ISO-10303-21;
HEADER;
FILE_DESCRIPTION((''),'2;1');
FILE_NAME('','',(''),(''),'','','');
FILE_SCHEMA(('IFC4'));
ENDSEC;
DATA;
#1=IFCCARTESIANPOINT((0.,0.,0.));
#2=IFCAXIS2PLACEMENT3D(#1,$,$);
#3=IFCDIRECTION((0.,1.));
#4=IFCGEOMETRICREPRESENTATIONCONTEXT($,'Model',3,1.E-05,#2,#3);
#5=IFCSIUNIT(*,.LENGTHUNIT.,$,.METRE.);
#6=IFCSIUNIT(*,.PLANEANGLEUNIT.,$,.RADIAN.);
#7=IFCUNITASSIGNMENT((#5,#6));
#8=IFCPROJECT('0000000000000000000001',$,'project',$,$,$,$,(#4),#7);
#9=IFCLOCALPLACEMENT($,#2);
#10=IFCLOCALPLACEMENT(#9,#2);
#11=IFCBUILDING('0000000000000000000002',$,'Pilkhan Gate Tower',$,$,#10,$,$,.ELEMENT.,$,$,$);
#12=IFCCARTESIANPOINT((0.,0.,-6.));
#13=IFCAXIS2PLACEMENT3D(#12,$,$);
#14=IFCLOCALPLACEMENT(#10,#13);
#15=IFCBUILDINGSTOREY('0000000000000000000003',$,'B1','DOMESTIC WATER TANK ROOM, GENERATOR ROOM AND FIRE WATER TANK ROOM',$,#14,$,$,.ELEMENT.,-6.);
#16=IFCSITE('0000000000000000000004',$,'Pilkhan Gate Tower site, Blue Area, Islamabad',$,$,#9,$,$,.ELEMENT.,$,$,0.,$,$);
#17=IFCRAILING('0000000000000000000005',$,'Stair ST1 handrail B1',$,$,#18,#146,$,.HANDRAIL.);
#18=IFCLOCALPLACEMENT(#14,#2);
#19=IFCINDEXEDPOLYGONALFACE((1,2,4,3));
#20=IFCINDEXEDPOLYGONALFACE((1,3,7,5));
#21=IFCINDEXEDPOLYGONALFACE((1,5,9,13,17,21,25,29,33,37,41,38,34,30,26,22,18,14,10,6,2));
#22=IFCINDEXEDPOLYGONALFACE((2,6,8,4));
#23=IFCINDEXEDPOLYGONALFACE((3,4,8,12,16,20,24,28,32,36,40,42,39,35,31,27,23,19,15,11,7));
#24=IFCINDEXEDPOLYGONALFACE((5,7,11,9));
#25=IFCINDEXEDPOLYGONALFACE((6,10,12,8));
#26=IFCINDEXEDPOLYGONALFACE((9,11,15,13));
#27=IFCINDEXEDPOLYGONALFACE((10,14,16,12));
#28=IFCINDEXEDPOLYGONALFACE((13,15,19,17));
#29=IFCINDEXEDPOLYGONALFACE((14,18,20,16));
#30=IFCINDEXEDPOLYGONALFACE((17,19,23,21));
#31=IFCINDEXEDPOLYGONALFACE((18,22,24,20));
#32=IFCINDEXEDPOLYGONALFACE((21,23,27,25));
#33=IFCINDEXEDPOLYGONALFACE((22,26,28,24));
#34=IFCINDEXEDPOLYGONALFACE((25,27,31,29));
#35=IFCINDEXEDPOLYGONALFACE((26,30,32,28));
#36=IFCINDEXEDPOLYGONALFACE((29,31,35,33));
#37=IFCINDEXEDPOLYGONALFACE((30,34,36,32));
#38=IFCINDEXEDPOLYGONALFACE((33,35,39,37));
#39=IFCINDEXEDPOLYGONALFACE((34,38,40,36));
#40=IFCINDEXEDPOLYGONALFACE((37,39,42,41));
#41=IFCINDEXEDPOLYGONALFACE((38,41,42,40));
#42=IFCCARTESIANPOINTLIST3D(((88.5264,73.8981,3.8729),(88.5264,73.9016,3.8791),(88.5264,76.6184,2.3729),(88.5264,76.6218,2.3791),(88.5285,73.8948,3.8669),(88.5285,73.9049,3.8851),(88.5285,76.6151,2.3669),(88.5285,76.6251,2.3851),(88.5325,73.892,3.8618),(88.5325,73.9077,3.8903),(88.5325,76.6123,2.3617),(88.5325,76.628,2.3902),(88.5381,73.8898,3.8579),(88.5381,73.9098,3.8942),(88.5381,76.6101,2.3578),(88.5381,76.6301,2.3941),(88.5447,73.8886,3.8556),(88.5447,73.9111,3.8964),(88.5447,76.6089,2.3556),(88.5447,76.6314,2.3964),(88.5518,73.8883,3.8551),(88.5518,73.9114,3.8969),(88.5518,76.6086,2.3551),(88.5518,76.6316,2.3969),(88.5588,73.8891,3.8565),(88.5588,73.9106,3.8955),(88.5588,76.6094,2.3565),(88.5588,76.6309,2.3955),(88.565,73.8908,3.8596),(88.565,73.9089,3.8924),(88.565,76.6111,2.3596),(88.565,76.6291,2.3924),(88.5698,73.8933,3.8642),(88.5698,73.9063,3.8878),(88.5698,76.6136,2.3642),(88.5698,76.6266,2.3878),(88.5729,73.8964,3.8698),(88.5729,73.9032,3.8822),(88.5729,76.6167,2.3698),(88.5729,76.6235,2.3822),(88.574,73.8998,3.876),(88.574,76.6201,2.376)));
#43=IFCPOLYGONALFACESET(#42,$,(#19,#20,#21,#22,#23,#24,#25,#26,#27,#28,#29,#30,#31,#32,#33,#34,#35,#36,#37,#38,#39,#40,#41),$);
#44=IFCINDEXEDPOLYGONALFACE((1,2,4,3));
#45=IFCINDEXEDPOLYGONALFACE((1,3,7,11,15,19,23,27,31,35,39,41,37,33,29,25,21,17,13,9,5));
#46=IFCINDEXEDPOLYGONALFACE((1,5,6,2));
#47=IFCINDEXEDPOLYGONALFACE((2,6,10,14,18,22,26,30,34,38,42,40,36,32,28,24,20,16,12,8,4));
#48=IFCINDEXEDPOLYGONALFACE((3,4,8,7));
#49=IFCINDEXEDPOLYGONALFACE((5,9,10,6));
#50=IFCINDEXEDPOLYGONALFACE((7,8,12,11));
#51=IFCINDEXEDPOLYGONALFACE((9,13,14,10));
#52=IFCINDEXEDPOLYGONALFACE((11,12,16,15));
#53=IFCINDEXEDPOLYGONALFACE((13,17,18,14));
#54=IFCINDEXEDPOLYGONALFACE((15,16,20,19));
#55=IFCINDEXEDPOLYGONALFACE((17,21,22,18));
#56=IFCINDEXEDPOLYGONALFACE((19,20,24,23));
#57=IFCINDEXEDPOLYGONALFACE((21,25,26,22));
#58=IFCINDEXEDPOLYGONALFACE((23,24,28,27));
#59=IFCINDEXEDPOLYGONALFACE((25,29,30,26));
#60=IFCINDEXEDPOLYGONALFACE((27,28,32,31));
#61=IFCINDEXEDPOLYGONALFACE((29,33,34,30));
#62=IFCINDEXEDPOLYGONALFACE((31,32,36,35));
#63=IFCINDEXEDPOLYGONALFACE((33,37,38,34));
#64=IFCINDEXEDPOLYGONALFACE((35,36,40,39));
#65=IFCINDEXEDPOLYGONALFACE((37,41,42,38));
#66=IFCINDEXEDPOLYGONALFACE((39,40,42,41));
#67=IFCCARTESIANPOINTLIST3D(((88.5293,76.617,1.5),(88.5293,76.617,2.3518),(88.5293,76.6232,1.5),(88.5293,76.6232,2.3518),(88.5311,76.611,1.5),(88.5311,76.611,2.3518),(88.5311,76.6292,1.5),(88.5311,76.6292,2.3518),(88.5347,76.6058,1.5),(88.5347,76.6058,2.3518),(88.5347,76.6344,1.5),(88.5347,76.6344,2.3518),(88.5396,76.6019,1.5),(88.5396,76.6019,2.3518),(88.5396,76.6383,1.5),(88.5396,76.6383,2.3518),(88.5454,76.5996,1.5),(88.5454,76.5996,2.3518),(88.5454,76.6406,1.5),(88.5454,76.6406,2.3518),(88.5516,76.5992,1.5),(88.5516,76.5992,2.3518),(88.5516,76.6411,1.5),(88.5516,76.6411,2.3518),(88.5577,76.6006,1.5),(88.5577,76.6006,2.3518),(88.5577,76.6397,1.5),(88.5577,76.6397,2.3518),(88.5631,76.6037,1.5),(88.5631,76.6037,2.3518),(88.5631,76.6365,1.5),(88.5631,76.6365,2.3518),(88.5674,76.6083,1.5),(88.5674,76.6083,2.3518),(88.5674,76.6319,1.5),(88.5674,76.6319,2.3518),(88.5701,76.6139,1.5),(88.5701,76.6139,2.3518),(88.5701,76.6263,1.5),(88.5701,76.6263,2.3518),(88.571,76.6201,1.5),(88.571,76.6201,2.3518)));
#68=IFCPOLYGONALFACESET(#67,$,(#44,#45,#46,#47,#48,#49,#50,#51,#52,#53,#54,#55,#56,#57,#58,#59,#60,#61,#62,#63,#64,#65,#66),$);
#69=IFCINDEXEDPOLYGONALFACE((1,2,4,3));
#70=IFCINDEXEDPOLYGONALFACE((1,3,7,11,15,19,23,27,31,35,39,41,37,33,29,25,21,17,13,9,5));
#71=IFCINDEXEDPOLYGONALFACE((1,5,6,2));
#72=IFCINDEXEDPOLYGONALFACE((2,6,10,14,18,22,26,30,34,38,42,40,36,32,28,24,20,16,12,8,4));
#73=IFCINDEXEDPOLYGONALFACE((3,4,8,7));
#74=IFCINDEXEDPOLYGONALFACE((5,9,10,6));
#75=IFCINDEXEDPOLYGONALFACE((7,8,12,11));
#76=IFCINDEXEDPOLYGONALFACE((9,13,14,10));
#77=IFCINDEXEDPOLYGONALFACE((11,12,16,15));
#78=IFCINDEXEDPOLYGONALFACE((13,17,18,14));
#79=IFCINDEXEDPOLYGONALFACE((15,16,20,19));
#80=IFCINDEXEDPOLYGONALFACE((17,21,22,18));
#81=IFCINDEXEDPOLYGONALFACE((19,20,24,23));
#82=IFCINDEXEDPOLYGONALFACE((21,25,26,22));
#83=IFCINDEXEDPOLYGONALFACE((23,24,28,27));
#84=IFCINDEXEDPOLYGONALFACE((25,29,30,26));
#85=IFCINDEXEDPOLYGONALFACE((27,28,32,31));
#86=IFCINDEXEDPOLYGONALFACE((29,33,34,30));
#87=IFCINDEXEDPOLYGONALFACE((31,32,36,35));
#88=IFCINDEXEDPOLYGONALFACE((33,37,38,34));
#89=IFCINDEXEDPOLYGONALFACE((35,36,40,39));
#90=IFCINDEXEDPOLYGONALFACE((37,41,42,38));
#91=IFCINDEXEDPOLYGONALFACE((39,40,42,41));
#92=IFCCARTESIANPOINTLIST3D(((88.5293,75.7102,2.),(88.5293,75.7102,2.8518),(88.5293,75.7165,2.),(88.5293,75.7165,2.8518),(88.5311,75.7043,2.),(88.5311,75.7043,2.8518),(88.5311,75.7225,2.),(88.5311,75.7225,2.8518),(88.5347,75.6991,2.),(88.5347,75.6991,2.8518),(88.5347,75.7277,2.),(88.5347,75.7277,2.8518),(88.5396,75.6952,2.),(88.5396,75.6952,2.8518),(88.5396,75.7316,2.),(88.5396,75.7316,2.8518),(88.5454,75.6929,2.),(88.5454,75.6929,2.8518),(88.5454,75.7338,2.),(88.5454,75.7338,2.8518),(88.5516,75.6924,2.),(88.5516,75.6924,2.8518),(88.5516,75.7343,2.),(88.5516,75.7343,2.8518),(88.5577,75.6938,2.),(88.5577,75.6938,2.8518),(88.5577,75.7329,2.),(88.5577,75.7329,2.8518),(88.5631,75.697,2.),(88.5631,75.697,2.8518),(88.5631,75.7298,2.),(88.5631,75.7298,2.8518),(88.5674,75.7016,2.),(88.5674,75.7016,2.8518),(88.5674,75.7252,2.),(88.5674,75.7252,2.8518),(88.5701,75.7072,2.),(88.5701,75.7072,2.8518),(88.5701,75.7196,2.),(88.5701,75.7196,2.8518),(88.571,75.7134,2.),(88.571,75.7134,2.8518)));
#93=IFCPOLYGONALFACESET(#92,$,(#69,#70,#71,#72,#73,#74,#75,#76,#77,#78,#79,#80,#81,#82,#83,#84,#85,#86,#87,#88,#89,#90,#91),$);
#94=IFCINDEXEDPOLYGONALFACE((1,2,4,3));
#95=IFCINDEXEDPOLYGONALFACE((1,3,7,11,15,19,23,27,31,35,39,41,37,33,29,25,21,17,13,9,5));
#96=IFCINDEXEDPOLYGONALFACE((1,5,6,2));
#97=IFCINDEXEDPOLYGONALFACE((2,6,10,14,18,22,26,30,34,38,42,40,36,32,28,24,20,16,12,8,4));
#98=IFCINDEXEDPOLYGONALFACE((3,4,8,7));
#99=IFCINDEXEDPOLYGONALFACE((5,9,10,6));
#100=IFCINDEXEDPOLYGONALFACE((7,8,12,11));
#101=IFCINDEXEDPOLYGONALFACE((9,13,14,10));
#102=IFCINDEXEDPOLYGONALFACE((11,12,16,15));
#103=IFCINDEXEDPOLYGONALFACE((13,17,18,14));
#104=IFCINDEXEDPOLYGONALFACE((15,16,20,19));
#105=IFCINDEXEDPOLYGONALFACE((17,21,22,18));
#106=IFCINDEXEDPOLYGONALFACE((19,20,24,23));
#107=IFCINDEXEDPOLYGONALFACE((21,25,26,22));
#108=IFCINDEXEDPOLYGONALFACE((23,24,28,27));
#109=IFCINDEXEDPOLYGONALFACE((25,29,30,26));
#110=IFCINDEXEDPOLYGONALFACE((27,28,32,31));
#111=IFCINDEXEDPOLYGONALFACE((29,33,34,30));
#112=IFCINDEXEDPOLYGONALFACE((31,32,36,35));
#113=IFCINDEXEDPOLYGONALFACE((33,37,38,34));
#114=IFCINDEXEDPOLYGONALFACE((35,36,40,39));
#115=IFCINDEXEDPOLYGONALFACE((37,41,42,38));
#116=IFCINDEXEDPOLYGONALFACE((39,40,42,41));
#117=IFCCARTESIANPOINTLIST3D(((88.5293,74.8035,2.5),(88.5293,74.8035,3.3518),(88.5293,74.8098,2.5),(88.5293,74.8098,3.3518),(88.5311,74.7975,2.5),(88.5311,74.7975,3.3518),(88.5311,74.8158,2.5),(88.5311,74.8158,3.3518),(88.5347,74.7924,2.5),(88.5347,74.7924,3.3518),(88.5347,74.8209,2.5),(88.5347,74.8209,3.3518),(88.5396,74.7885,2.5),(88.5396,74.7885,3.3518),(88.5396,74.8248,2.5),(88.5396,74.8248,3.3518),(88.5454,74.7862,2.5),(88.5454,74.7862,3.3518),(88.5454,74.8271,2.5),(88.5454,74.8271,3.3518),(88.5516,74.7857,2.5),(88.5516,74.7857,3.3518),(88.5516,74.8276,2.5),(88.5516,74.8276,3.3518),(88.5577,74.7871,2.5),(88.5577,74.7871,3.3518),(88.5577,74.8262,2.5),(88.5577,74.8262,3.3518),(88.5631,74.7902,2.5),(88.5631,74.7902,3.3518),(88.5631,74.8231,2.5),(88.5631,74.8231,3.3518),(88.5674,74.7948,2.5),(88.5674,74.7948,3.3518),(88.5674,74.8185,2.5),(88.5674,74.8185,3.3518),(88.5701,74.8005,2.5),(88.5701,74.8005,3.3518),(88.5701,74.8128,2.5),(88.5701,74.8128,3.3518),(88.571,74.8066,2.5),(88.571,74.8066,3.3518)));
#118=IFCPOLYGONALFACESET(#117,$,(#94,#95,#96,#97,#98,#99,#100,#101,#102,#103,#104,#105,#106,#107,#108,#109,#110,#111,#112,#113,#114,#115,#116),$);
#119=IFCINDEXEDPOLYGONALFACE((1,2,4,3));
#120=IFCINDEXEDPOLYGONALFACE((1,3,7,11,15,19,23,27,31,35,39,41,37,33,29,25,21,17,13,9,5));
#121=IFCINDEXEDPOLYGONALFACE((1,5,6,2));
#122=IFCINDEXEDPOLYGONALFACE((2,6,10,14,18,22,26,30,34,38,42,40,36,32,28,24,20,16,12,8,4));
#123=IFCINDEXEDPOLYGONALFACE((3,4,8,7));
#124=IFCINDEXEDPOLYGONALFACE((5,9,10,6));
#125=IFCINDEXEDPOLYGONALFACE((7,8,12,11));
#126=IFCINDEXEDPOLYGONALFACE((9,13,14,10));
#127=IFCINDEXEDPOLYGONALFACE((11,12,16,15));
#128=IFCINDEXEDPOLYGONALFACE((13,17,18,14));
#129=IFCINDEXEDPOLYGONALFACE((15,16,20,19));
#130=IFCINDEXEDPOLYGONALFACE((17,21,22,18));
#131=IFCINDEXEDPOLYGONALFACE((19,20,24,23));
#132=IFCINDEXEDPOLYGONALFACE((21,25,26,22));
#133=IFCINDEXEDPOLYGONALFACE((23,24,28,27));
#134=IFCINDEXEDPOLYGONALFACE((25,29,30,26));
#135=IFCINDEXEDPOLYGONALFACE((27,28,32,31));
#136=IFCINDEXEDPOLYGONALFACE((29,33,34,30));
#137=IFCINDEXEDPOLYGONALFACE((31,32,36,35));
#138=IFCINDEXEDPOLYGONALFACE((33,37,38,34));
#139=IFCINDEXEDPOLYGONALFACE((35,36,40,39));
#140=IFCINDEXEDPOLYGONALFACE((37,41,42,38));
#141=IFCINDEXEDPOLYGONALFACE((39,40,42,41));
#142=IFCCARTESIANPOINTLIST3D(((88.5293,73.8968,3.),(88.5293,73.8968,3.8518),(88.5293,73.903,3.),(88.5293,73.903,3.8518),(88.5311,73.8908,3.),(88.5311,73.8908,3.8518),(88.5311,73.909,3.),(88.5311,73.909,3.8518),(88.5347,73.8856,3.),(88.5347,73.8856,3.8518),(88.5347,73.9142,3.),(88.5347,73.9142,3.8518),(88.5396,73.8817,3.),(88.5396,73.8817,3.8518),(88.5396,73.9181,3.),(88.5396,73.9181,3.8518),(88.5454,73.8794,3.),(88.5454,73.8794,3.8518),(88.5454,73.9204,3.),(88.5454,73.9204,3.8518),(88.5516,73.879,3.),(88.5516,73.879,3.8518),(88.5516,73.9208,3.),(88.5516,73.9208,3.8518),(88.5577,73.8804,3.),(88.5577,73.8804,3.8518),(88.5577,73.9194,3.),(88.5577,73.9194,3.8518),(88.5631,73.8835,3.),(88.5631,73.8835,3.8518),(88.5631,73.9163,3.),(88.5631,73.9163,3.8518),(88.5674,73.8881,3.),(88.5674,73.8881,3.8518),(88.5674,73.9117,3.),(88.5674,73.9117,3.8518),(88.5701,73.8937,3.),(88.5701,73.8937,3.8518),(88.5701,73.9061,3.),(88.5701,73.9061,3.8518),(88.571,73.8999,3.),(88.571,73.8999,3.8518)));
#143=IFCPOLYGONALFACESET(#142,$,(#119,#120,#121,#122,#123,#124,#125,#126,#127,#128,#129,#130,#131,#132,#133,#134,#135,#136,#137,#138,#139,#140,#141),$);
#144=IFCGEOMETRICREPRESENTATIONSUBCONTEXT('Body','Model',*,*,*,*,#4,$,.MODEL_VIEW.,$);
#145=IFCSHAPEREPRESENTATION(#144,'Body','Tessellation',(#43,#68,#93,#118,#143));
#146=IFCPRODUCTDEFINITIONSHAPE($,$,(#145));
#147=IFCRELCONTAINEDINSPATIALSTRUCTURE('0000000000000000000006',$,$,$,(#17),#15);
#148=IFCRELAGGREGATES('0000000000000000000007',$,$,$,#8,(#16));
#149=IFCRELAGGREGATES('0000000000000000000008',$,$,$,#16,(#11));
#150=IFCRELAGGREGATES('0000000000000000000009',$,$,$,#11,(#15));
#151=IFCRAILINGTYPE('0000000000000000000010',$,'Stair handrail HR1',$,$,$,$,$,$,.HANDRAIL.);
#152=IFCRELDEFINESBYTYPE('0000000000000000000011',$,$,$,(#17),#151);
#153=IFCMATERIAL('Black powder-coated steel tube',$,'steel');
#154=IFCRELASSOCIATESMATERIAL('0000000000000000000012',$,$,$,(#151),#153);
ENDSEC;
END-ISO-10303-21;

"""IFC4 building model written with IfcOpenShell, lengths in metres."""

from ifc_helpers import new_model, si_unit, direction, frame, origin, origin_2d, place, context, subcontext, project, spatial, circle, extrude, material, type_object, element, save


model = new_model("IFC4")

# Units and contexts
model_context = context("Model", 3, precision=1e-05, world=origin(), true_north=direction((0.0, 1.0)))
body_context = subcontext(model_context, "Body", "Model", "MODEL_VIEW")
ifc_project = project(units=[si_unit("LENGTHUNIT", "METRE"), si_unit("PLANEANGLEUNIT", "RADIAN")], contexts=[model_context])

# Site, building, storey
site_placement = place(None, origin())
site = spatial("IfcSite", under=ifc_project, at=site_placement, Name="Pilkhan Gate Tower site, Blue Area, Islamabad", CompositionType="ELEMENT", RefElevation=0.0)
building_placement = place(site_placement, origin())
building = spatial("IfcBuilding", under=site, at=building_placement, Name="Pilkhan Gate Tower", CompositionType="ELEMENT")
storey_placement = place(building_placement, frame((0.0, 0.0, -6.0)))
storey = spatial("IfcBuildingStorey", under=building, at=storey_placement, Name="B1", Description="DOMESTIC WATER TANK ROOM, GENERATOR ROOM AND FIRE WATER TANK ROOM", CompositionType="ELEMENT", Elevation=-6.0)

# Railing
ifc_material_1 = material(Name="Black powder-coated steel tube", Category="steel")
railing_type_1 = type_object("IfcRailingType", Name="Stair handrail HR1", PredefinedType="HANDRAIL", material=ifc_material_1)
for number, where, name in (
    (1, (88.55, 76.6201, 1.5), "Stair ST1 handrail B1"),
):
    element("IfcRailing", number, at=place(storey_placement, frame(where)), inside=storey, type_object=railing_type_1, Name=name, PredefinedType="HANDRAIL", context=body_context, shape_type="SweptSolid", body=[
        extrude(circle(Radius=0.0239, at=origin_2d()), frame((0.0, 0.0, 0.876), z_axis=(0.0, -0.875688, 0.482878), x_axis=(1.0, 0.0, 0.0)), (0.0, 0.0, 1.0), 3.1064),
        extrude(circle(Radius=0.021, at=origin_2d()), origin(), (0.0, 0.0, 1.0), 0.8518),
        extrude(circle(Radius=0.021, at=origin_2d()), frame((0.0, -0.9067, 0.5)), (0.0, 0.0, 1.0), 0.8518),
        extrude(circle(Radius=0.021, at=origin_2d()), frame((0.0, -1.8135, 1.0)), (0.0, 0.0, 1.0), 0.8518),
        extrude(circle(Radius=0.021, at=origin_2d()), frame((0.0, -2.7202, 1.5)), (0.0, 0.0, 1.0), 0.8518),
    ])

save(model, "model.ifc")
